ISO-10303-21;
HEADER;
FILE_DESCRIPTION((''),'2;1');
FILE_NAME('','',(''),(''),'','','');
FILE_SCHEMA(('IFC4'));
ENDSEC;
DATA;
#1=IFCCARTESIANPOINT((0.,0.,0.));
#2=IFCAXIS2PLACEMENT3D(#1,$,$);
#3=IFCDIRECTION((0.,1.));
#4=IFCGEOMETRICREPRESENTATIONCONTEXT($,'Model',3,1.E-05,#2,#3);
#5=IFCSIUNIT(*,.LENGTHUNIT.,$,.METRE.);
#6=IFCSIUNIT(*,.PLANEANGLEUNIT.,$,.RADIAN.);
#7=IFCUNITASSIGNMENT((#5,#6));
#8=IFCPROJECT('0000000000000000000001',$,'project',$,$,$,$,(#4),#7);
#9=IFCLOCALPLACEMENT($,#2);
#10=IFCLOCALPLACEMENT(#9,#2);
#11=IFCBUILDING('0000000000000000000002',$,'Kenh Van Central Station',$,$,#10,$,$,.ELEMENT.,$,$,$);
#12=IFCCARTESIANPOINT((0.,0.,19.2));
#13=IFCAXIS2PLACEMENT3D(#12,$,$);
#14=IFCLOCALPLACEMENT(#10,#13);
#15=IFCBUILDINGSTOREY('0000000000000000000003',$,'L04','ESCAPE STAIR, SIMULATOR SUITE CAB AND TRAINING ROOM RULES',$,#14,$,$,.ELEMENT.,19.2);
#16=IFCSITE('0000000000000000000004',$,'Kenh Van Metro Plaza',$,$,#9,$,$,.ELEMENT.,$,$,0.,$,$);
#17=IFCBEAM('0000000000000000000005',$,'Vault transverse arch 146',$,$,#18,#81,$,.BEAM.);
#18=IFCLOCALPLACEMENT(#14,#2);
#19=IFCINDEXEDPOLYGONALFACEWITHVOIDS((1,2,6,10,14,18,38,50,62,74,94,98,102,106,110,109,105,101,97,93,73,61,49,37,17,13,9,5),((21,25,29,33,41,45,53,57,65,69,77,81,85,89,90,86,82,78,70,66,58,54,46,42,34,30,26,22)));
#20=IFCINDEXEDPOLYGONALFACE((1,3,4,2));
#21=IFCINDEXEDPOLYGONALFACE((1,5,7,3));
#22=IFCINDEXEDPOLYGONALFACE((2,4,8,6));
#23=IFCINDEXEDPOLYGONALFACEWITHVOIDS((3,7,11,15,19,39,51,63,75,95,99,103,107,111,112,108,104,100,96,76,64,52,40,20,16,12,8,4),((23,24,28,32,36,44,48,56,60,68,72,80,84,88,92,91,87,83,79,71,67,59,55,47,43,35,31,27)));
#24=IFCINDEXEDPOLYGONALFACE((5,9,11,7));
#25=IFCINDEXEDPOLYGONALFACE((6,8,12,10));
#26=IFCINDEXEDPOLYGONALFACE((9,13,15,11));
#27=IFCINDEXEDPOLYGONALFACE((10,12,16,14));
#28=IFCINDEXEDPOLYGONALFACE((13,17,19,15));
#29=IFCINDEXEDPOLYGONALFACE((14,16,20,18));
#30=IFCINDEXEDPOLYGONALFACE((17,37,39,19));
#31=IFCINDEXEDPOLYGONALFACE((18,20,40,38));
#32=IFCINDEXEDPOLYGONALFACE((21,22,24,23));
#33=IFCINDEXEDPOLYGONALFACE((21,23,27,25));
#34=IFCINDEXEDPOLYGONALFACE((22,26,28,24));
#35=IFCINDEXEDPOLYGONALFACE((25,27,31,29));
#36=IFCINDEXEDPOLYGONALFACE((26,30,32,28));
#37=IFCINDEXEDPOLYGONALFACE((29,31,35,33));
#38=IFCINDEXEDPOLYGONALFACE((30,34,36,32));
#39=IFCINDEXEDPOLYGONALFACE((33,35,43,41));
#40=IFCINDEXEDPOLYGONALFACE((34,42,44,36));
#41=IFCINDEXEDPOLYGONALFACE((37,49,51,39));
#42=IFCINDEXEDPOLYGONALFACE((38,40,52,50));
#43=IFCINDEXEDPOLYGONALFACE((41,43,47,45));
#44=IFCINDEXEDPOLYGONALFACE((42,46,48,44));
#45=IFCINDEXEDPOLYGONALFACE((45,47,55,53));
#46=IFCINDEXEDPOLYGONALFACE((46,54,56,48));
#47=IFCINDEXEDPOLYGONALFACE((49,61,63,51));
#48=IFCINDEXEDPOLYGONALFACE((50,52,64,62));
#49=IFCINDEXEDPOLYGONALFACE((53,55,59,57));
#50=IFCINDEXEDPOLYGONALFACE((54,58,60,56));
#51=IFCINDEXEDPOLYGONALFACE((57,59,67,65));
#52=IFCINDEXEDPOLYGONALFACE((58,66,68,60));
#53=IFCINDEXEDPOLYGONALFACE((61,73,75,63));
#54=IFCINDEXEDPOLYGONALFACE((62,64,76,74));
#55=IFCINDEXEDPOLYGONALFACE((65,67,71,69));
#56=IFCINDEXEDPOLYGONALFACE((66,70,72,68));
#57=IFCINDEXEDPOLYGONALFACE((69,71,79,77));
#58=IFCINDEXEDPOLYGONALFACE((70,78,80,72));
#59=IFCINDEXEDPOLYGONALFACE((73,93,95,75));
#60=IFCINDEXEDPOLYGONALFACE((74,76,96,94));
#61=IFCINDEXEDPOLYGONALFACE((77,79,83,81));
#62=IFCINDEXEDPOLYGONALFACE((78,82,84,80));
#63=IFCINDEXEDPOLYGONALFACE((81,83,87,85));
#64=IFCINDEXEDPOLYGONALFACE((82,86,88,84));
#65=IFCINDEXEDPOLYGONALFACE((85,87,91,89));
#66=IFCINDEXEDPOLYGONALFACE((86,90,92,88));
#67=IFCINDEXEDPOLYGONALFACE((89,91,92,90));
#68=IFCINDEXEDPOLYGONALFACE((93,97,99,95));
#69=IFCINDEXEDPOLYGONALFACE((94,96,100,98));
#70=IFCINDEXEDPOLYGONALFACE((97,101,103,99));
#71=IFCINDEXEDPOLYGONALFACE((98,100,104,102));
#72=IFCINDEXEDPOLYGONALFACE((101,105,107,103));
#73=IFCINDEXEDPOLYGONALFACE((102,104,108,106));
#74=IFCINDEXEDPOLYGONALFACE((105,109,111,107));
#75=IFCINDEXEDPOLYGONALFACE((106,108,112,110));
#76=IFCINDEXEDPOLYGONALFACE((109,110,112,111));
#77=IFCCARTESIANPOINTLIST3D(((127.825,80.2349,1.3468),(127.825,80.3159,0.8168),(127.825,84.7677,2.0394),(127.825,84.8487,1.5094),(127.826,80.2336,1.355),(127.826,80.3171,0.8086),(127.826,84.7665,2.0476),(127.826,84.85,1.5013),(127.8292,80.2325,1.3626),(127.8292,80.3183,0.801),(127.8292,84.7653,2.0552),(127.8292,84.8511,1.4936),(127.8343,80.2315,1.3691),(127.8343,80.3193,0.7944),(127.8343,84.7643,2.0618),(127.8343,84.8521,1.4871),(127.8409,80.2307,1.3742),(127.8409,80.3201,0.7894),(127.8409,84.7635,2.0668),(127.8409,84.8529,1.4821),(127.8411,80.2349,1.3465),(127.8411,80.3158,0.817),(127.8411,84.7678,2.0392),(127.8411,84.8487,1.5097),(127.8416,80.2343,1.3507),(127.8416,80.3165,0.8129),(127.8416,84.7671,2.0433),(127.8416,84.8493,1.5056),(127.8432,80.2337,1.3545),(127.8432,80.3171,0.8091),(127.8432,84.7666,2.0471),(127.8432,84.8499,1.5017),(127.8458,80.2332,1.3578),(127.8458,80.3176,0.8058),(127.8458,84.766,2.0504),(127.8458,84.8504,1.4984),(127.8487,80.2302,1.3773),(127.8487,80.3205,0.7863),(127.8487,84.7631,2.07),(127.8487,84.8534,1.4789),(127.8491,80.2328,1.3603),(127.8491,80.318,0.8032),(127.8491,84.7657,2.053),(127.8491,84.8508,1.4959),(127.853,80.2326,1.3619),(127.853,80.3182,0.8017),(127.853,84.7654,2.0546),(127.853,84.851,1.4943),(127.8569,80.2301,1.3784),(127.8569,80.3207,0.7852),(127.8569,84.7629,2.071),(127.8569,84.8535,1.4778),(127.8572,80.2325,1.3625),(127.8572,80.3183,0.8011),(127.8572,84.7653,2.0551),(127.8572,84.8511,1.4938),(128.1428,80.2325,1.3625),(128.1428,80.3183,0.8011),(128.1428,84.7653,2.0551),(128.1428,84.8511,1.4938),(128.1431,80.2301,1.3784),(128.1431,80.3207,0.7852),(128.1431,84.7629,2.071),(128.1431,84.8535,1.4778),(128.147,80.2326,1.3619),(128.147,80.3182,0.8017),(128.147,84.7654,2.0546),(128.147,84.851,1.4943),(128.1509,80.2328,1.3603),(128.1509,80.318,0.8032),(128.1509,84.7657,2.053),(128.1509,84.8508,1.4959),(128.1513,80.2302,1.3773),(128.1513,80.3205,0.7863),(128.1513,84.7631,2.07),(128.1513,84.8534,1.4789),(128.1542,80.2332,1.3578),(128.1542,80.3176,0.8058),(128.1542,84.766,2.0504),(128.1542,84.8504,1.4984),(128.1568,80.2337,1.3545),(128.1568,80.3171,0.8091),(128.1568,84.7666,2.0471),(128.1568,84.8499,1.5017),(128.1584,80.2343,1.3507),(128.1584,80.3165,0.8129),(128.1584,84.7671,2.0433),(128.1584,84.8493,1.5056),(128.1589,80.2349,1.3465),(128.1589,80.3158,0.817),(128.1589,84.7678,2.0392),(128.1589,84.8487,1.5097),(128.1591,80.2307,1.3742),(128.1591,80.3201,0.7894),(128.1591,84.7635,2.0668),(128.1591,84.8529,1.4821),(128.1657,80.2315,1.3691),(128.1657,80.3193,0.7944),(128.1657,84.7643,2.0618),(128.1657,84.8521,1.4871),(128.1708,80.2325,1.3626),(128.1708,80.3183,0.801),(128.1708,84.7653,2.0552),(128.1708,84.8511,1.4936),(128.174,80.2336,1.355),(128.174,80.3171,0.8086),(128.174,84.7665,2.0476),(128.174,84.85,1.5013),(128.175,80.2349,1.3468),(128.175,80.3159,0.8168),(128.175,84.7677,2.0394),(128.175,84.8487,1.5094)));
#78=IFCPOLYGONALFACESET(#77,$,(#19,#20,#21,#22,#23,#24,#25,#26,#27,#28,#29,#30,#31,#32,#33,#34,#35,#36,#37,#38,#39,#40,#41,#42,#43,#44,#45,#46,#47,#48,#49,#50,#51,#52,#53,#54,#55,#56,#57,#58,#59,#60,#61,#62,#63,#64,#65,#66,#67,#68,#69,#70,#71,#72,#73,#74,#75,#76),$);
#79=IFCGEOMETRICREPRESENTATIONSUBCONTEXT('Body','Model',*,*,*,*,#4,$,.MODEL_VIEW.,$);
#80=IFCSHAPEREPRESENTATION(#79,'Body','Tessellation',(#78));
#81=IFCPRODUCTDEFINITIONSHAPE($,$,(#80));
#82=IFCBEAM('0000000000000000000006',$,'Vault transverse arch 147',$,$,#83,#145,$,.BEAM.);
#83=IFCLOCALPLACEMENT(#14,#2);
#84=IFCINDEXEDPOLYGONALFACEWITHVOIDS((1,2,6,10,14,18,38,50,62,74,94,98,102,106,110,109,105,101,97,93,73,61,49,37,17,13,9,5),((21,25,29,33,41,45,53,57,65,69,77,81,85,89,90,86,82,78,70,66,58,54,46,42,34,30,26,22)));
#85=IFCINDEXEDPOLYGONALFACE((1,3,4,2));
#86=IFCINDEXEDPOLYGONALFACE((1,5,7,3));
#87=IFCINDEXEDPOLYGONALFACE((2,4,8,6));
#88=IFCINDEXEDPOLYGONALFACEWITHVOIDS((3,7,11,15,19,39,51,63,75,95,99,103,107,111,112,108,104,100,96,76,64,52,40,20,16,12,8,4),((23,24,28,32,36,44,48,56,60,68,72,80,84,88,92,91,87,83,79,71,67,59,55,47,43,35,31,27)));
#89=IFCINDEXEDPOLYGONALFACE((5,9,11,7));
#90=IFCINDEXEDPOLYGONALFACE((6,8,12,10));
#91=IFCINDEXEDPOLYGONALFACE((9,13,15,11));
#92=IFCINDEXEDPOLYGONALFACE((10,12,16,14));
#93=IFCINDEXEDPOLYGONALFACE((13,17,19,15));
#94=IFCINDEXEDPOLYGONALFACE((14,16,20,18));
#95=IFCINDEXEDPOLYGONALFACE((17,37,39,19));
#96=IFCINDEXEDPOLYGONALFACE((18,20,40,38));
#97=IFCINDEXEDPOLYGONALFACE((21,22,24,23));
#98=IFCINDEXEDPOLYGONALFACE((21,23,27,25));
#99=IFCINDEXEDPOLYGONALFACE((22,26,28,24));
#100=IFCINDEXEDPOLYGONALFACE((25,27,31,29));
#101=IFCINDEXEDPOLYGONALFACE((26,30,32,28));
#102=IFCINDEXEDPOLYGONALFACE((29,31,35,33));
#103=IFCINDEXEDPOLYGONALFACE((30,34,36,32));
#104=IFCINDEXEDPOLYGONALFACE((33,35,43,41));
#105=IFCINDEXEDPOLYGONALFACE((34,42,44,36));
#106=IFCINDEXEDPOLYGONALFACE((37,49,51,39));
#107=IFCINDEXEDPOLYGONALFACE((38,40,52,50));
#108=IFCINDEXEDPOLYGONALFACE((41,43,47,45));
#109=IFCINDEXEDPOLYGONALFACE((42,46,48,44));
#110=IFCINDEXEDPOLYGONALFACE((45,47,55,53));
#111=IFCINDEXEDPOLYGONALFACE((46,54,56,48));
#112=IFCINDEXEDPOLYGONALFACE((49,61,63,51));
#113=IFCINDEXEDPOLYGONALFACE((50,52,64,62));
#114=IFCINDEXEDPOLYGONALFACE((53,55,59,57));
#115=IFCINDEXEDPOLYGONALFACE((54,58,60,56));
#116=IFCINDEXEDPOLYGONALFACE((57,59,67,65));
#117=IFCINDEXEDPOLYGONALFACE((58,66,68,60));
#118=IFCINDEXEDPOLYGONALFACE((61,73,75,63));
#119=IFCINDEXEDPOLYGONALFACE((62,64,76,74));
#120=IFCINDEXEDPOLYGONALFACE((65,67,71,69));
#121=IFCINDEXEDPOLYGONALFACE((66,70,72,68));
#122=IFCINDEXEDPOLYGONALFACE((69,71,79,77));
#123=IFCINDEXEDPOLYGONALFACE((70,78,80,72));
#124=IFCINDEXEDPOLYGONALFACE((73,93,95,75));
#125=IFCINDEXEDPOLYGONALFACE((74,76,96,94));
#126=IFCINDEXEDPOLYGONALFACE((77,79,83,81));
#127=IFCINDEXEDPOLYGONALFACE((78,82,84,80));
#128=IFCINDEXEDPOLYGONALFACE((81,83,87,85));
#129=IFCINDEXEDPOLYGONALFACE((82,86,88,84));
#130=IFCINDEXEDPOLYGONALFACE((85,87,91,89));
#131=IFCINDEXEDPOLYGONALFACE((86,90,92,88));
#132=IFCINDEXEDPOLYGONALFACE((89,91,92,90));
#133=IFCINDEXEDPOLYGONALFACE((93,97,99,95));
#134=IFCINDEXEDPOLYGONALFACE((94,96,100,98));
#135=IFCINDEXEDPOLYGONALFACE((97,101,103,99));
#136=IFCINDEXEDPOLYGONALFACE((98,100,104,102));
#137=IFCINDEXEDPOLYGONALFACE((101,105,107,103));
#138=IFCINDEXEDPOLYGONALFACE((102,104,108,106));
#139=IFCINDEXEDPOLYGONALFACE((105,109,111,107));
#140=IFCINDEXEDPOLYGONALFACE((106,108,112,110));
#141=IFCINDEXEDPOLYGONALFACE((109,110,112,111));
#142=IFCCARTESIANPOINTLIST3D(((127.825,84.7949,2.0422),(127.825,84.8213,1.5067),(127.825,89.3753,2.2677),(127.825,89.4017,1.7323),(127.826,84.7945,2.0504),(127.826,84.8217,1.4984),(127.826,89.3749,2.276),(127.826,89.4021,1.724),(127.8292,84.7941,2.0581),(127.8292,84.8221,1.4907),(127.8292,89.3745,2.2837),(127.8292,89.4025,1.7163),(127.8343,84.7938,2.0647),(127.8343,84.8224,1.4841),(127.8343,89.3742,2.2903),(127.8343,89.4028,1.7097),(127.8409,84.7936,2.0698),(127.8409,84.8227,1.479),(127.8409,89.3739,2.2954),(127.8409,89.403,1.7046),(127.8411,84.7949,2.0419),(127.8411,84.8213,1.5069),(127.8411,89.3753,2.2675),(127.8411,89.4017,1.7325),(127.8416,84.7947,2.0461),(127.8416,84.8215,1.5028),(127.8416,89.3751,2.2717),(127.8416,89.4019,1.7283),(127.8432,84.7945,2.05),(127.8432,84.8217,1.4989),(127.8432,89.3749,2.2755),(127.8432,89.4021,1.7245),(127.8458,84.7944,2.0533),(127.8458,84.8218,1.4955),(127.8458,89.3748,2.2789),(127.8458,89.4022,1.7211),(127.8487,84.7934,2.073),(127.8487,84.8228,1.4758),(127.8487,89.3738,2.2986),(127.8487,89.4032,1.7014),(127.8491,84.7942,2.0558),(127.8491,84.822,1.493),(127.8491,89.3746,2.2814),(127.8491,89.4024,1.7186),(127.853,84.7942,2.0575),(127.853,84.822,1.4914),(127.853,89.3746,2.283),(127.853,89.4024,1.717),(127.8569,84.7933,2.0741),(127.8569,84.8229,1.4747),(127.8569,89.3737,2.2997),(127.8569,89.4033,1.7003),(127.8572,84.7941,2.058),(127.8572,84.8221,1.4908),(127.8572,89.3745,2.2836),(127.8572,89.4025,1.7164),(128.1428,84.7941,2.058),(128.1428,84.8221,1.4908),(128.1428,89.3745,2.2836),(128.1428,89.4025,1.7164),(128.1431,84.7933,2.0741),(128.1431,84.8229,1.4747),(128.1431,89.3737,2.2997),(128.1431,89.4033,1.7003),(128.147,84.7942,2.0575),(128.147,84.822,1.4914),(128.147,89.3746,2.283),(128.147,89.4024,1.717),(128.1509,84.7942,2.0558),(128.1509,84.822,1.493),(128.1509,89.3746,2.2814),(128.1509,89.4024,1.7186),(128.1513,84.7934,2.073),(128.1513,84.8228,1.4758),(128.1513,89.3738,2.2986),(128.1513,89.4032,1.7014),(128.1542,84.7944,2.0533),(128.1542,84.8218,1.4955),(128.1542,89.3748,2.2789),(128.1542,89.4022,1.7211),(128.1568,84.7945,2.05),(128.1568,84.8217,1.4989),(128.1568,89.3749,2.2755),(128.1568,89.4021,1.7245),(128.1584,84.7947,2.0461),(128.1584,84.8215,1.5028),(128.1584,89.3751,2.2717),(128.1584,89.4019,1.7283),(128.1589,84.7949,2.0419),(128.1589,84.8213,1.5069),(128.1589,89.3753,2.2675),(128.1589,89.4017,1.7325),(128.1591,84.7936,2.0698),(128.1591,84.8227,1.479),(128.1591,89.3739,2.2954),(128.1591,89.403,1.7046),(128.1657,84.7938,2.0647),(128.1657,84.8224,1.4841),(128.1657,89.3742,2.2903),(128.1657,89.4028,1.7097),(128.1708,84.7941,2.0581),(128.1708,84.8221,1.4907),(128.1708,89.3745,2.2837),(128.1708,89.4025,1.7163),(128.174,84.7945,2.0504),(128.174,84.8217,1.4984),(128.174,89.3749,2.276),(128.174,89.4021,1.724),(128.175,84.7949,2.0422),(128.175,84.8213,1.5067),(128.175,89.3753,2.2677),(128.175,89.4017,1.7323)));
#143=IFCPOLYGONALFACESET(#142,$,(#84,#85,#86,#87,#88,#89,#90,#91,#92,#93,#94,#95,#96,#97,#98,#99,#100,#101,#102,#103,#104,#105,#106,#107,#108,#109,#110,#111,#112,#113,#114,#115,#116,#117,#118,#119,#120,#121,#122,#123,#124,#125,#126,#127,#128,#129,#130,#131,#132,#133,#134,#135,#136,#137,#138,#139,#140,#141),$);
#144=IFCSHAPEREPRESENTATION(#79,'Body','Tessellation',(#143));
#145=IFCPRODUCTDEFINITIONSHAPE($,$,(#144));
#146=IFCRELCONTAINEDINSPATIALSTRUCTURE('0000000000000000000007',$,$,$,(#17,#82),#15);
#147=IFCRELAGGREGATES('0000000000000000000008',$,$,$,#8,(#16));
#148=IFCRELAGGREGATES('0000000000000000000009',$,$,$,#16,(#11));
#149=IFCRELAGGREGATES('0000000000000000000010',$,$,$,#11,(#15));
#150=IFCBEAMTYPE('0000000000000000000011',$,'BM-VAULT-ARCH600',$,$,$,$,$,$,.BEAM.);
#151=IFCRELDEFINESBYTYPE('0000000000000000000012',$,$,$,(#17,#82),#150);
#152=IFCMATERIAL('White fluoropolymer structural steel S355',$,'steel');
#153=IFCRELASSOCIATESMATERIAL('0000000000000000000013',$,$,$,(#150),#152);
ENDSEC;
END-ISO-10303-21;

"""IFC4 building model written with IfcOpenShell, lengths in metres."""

from ifc_helpers import new_model, si_unit, direction, frame, origin, origin_2d, place, context, subcontext, project, spatial, hollow_rectangle, extrude, material, material_profile, profile_set, type_object, element, save


model = new_model("IFC4")

# Units and contexts
model_context = context("Model", 3, precision=1e-05, world=origin(), true_north=direction((0.0, 1.0)))
body_context = subcontext(model_context, "Body", "Model", "MODEL_VIEW")
ifc_project = project(units=[si_unit("LENGTHUNIT", "METRE"), si_unit("PLANEANGLEUNIT", "RADIAN")], contexts=[model_context])

# Site, building, storey
site_placement = place(None, origin())
site = spatial("IfcSite", under=ifc_project, at=site_placement, Name="Kenh Van Metro Plaza", CompositionType="ELEMENT", RefElevation=0.0)
building_placement = place(site_placement, origin())
building = spatial("IfcBuilding", under=site, at=building_placement, Name="Kenh Van Central Station", CompositionType="ELEMENT")
storey_placement = place(building_placement, frame((0.0, 0.0, 19.2)))
storey = spatial("IfcBuildingStorey", under=building, at=storey_placement, Name="L04", Description="ESCAPE STAIR, SIMULATOR SUITE CAB AND TRAINING ROOM RULES", CompositionType="ELEMENT", Elevation=19.2)

# Beams
ifc_material_1 = material(Name="White fluoropolymer structural steel S355", Category="steel")
ifc_material_profile_1 = material_profile(ifc_material_1, hollow_rectangle(XDim=0.3501, YDim=0.6001, WallThickness=0.0161, InnerFilletRadius=0.0161, OuterFilletRadius=0.032, at=origin_2d()), Name="RHS 600x350x16")
ifc_profile_set_1 = profile_set([ifc_material_profile_1], Name="White fluoropolymer structural steel S355")
beam_type_1 = type_object("IfcBeamType", Name="BM-VAULT-ARCH600", PredefinedType="BEAM", material=ifc_profile_set_1)
beam_1_placement = place(storey_placement, frame((128.0, 80.2754, 1.0818), z_axis=(0.0, 0.988526, 0.151053), x_axis=(-1.0, 0.0, 0.0)))
element("IfcBeam", 1, at=beam_1_placement, inside=storey, type_object=beam_type_1, Name="Vault transverse arch 146", PredefinedType="BEAM", context=body_context, shape_type="SweptSolid", body=[
    extrude(hollow_rectangle(XDim=0.3501, YDim=0.6001, WallThickness=0.0161, InnerFilletRadius=0.0161, OuterFilletRadius=0.032, at=origin_2d()), origin(), (0.0, 0.0, 1.0), 4.5854),
])
beam_2_placement = place(storey_placement, frame((128.0, 84.8081, 1.7744), z_axis=(0.0, 0.998789, 0.049191), x_axis=(-1.0, 0.0, 0.0)))
element("IfcBeam", 2, at=beam_2_placement, inside=storey, type_object=beam_type_1, Name="Vault transverse arch 147", PredefinedType="BEAM", context=body_context, shape_type="SweptSolid", body=[
    extrude(hollow_rectangle(XDim=0.3501, YDim=0.6001, WallThickness=0.0161, InnerFilletRadius=0.0161, OuterFilletRadius=0.032, at=origin_2d()), origin(), (0.0, 0.0, 1.0), 4.5859),
])

save(model, "model.ifc")
